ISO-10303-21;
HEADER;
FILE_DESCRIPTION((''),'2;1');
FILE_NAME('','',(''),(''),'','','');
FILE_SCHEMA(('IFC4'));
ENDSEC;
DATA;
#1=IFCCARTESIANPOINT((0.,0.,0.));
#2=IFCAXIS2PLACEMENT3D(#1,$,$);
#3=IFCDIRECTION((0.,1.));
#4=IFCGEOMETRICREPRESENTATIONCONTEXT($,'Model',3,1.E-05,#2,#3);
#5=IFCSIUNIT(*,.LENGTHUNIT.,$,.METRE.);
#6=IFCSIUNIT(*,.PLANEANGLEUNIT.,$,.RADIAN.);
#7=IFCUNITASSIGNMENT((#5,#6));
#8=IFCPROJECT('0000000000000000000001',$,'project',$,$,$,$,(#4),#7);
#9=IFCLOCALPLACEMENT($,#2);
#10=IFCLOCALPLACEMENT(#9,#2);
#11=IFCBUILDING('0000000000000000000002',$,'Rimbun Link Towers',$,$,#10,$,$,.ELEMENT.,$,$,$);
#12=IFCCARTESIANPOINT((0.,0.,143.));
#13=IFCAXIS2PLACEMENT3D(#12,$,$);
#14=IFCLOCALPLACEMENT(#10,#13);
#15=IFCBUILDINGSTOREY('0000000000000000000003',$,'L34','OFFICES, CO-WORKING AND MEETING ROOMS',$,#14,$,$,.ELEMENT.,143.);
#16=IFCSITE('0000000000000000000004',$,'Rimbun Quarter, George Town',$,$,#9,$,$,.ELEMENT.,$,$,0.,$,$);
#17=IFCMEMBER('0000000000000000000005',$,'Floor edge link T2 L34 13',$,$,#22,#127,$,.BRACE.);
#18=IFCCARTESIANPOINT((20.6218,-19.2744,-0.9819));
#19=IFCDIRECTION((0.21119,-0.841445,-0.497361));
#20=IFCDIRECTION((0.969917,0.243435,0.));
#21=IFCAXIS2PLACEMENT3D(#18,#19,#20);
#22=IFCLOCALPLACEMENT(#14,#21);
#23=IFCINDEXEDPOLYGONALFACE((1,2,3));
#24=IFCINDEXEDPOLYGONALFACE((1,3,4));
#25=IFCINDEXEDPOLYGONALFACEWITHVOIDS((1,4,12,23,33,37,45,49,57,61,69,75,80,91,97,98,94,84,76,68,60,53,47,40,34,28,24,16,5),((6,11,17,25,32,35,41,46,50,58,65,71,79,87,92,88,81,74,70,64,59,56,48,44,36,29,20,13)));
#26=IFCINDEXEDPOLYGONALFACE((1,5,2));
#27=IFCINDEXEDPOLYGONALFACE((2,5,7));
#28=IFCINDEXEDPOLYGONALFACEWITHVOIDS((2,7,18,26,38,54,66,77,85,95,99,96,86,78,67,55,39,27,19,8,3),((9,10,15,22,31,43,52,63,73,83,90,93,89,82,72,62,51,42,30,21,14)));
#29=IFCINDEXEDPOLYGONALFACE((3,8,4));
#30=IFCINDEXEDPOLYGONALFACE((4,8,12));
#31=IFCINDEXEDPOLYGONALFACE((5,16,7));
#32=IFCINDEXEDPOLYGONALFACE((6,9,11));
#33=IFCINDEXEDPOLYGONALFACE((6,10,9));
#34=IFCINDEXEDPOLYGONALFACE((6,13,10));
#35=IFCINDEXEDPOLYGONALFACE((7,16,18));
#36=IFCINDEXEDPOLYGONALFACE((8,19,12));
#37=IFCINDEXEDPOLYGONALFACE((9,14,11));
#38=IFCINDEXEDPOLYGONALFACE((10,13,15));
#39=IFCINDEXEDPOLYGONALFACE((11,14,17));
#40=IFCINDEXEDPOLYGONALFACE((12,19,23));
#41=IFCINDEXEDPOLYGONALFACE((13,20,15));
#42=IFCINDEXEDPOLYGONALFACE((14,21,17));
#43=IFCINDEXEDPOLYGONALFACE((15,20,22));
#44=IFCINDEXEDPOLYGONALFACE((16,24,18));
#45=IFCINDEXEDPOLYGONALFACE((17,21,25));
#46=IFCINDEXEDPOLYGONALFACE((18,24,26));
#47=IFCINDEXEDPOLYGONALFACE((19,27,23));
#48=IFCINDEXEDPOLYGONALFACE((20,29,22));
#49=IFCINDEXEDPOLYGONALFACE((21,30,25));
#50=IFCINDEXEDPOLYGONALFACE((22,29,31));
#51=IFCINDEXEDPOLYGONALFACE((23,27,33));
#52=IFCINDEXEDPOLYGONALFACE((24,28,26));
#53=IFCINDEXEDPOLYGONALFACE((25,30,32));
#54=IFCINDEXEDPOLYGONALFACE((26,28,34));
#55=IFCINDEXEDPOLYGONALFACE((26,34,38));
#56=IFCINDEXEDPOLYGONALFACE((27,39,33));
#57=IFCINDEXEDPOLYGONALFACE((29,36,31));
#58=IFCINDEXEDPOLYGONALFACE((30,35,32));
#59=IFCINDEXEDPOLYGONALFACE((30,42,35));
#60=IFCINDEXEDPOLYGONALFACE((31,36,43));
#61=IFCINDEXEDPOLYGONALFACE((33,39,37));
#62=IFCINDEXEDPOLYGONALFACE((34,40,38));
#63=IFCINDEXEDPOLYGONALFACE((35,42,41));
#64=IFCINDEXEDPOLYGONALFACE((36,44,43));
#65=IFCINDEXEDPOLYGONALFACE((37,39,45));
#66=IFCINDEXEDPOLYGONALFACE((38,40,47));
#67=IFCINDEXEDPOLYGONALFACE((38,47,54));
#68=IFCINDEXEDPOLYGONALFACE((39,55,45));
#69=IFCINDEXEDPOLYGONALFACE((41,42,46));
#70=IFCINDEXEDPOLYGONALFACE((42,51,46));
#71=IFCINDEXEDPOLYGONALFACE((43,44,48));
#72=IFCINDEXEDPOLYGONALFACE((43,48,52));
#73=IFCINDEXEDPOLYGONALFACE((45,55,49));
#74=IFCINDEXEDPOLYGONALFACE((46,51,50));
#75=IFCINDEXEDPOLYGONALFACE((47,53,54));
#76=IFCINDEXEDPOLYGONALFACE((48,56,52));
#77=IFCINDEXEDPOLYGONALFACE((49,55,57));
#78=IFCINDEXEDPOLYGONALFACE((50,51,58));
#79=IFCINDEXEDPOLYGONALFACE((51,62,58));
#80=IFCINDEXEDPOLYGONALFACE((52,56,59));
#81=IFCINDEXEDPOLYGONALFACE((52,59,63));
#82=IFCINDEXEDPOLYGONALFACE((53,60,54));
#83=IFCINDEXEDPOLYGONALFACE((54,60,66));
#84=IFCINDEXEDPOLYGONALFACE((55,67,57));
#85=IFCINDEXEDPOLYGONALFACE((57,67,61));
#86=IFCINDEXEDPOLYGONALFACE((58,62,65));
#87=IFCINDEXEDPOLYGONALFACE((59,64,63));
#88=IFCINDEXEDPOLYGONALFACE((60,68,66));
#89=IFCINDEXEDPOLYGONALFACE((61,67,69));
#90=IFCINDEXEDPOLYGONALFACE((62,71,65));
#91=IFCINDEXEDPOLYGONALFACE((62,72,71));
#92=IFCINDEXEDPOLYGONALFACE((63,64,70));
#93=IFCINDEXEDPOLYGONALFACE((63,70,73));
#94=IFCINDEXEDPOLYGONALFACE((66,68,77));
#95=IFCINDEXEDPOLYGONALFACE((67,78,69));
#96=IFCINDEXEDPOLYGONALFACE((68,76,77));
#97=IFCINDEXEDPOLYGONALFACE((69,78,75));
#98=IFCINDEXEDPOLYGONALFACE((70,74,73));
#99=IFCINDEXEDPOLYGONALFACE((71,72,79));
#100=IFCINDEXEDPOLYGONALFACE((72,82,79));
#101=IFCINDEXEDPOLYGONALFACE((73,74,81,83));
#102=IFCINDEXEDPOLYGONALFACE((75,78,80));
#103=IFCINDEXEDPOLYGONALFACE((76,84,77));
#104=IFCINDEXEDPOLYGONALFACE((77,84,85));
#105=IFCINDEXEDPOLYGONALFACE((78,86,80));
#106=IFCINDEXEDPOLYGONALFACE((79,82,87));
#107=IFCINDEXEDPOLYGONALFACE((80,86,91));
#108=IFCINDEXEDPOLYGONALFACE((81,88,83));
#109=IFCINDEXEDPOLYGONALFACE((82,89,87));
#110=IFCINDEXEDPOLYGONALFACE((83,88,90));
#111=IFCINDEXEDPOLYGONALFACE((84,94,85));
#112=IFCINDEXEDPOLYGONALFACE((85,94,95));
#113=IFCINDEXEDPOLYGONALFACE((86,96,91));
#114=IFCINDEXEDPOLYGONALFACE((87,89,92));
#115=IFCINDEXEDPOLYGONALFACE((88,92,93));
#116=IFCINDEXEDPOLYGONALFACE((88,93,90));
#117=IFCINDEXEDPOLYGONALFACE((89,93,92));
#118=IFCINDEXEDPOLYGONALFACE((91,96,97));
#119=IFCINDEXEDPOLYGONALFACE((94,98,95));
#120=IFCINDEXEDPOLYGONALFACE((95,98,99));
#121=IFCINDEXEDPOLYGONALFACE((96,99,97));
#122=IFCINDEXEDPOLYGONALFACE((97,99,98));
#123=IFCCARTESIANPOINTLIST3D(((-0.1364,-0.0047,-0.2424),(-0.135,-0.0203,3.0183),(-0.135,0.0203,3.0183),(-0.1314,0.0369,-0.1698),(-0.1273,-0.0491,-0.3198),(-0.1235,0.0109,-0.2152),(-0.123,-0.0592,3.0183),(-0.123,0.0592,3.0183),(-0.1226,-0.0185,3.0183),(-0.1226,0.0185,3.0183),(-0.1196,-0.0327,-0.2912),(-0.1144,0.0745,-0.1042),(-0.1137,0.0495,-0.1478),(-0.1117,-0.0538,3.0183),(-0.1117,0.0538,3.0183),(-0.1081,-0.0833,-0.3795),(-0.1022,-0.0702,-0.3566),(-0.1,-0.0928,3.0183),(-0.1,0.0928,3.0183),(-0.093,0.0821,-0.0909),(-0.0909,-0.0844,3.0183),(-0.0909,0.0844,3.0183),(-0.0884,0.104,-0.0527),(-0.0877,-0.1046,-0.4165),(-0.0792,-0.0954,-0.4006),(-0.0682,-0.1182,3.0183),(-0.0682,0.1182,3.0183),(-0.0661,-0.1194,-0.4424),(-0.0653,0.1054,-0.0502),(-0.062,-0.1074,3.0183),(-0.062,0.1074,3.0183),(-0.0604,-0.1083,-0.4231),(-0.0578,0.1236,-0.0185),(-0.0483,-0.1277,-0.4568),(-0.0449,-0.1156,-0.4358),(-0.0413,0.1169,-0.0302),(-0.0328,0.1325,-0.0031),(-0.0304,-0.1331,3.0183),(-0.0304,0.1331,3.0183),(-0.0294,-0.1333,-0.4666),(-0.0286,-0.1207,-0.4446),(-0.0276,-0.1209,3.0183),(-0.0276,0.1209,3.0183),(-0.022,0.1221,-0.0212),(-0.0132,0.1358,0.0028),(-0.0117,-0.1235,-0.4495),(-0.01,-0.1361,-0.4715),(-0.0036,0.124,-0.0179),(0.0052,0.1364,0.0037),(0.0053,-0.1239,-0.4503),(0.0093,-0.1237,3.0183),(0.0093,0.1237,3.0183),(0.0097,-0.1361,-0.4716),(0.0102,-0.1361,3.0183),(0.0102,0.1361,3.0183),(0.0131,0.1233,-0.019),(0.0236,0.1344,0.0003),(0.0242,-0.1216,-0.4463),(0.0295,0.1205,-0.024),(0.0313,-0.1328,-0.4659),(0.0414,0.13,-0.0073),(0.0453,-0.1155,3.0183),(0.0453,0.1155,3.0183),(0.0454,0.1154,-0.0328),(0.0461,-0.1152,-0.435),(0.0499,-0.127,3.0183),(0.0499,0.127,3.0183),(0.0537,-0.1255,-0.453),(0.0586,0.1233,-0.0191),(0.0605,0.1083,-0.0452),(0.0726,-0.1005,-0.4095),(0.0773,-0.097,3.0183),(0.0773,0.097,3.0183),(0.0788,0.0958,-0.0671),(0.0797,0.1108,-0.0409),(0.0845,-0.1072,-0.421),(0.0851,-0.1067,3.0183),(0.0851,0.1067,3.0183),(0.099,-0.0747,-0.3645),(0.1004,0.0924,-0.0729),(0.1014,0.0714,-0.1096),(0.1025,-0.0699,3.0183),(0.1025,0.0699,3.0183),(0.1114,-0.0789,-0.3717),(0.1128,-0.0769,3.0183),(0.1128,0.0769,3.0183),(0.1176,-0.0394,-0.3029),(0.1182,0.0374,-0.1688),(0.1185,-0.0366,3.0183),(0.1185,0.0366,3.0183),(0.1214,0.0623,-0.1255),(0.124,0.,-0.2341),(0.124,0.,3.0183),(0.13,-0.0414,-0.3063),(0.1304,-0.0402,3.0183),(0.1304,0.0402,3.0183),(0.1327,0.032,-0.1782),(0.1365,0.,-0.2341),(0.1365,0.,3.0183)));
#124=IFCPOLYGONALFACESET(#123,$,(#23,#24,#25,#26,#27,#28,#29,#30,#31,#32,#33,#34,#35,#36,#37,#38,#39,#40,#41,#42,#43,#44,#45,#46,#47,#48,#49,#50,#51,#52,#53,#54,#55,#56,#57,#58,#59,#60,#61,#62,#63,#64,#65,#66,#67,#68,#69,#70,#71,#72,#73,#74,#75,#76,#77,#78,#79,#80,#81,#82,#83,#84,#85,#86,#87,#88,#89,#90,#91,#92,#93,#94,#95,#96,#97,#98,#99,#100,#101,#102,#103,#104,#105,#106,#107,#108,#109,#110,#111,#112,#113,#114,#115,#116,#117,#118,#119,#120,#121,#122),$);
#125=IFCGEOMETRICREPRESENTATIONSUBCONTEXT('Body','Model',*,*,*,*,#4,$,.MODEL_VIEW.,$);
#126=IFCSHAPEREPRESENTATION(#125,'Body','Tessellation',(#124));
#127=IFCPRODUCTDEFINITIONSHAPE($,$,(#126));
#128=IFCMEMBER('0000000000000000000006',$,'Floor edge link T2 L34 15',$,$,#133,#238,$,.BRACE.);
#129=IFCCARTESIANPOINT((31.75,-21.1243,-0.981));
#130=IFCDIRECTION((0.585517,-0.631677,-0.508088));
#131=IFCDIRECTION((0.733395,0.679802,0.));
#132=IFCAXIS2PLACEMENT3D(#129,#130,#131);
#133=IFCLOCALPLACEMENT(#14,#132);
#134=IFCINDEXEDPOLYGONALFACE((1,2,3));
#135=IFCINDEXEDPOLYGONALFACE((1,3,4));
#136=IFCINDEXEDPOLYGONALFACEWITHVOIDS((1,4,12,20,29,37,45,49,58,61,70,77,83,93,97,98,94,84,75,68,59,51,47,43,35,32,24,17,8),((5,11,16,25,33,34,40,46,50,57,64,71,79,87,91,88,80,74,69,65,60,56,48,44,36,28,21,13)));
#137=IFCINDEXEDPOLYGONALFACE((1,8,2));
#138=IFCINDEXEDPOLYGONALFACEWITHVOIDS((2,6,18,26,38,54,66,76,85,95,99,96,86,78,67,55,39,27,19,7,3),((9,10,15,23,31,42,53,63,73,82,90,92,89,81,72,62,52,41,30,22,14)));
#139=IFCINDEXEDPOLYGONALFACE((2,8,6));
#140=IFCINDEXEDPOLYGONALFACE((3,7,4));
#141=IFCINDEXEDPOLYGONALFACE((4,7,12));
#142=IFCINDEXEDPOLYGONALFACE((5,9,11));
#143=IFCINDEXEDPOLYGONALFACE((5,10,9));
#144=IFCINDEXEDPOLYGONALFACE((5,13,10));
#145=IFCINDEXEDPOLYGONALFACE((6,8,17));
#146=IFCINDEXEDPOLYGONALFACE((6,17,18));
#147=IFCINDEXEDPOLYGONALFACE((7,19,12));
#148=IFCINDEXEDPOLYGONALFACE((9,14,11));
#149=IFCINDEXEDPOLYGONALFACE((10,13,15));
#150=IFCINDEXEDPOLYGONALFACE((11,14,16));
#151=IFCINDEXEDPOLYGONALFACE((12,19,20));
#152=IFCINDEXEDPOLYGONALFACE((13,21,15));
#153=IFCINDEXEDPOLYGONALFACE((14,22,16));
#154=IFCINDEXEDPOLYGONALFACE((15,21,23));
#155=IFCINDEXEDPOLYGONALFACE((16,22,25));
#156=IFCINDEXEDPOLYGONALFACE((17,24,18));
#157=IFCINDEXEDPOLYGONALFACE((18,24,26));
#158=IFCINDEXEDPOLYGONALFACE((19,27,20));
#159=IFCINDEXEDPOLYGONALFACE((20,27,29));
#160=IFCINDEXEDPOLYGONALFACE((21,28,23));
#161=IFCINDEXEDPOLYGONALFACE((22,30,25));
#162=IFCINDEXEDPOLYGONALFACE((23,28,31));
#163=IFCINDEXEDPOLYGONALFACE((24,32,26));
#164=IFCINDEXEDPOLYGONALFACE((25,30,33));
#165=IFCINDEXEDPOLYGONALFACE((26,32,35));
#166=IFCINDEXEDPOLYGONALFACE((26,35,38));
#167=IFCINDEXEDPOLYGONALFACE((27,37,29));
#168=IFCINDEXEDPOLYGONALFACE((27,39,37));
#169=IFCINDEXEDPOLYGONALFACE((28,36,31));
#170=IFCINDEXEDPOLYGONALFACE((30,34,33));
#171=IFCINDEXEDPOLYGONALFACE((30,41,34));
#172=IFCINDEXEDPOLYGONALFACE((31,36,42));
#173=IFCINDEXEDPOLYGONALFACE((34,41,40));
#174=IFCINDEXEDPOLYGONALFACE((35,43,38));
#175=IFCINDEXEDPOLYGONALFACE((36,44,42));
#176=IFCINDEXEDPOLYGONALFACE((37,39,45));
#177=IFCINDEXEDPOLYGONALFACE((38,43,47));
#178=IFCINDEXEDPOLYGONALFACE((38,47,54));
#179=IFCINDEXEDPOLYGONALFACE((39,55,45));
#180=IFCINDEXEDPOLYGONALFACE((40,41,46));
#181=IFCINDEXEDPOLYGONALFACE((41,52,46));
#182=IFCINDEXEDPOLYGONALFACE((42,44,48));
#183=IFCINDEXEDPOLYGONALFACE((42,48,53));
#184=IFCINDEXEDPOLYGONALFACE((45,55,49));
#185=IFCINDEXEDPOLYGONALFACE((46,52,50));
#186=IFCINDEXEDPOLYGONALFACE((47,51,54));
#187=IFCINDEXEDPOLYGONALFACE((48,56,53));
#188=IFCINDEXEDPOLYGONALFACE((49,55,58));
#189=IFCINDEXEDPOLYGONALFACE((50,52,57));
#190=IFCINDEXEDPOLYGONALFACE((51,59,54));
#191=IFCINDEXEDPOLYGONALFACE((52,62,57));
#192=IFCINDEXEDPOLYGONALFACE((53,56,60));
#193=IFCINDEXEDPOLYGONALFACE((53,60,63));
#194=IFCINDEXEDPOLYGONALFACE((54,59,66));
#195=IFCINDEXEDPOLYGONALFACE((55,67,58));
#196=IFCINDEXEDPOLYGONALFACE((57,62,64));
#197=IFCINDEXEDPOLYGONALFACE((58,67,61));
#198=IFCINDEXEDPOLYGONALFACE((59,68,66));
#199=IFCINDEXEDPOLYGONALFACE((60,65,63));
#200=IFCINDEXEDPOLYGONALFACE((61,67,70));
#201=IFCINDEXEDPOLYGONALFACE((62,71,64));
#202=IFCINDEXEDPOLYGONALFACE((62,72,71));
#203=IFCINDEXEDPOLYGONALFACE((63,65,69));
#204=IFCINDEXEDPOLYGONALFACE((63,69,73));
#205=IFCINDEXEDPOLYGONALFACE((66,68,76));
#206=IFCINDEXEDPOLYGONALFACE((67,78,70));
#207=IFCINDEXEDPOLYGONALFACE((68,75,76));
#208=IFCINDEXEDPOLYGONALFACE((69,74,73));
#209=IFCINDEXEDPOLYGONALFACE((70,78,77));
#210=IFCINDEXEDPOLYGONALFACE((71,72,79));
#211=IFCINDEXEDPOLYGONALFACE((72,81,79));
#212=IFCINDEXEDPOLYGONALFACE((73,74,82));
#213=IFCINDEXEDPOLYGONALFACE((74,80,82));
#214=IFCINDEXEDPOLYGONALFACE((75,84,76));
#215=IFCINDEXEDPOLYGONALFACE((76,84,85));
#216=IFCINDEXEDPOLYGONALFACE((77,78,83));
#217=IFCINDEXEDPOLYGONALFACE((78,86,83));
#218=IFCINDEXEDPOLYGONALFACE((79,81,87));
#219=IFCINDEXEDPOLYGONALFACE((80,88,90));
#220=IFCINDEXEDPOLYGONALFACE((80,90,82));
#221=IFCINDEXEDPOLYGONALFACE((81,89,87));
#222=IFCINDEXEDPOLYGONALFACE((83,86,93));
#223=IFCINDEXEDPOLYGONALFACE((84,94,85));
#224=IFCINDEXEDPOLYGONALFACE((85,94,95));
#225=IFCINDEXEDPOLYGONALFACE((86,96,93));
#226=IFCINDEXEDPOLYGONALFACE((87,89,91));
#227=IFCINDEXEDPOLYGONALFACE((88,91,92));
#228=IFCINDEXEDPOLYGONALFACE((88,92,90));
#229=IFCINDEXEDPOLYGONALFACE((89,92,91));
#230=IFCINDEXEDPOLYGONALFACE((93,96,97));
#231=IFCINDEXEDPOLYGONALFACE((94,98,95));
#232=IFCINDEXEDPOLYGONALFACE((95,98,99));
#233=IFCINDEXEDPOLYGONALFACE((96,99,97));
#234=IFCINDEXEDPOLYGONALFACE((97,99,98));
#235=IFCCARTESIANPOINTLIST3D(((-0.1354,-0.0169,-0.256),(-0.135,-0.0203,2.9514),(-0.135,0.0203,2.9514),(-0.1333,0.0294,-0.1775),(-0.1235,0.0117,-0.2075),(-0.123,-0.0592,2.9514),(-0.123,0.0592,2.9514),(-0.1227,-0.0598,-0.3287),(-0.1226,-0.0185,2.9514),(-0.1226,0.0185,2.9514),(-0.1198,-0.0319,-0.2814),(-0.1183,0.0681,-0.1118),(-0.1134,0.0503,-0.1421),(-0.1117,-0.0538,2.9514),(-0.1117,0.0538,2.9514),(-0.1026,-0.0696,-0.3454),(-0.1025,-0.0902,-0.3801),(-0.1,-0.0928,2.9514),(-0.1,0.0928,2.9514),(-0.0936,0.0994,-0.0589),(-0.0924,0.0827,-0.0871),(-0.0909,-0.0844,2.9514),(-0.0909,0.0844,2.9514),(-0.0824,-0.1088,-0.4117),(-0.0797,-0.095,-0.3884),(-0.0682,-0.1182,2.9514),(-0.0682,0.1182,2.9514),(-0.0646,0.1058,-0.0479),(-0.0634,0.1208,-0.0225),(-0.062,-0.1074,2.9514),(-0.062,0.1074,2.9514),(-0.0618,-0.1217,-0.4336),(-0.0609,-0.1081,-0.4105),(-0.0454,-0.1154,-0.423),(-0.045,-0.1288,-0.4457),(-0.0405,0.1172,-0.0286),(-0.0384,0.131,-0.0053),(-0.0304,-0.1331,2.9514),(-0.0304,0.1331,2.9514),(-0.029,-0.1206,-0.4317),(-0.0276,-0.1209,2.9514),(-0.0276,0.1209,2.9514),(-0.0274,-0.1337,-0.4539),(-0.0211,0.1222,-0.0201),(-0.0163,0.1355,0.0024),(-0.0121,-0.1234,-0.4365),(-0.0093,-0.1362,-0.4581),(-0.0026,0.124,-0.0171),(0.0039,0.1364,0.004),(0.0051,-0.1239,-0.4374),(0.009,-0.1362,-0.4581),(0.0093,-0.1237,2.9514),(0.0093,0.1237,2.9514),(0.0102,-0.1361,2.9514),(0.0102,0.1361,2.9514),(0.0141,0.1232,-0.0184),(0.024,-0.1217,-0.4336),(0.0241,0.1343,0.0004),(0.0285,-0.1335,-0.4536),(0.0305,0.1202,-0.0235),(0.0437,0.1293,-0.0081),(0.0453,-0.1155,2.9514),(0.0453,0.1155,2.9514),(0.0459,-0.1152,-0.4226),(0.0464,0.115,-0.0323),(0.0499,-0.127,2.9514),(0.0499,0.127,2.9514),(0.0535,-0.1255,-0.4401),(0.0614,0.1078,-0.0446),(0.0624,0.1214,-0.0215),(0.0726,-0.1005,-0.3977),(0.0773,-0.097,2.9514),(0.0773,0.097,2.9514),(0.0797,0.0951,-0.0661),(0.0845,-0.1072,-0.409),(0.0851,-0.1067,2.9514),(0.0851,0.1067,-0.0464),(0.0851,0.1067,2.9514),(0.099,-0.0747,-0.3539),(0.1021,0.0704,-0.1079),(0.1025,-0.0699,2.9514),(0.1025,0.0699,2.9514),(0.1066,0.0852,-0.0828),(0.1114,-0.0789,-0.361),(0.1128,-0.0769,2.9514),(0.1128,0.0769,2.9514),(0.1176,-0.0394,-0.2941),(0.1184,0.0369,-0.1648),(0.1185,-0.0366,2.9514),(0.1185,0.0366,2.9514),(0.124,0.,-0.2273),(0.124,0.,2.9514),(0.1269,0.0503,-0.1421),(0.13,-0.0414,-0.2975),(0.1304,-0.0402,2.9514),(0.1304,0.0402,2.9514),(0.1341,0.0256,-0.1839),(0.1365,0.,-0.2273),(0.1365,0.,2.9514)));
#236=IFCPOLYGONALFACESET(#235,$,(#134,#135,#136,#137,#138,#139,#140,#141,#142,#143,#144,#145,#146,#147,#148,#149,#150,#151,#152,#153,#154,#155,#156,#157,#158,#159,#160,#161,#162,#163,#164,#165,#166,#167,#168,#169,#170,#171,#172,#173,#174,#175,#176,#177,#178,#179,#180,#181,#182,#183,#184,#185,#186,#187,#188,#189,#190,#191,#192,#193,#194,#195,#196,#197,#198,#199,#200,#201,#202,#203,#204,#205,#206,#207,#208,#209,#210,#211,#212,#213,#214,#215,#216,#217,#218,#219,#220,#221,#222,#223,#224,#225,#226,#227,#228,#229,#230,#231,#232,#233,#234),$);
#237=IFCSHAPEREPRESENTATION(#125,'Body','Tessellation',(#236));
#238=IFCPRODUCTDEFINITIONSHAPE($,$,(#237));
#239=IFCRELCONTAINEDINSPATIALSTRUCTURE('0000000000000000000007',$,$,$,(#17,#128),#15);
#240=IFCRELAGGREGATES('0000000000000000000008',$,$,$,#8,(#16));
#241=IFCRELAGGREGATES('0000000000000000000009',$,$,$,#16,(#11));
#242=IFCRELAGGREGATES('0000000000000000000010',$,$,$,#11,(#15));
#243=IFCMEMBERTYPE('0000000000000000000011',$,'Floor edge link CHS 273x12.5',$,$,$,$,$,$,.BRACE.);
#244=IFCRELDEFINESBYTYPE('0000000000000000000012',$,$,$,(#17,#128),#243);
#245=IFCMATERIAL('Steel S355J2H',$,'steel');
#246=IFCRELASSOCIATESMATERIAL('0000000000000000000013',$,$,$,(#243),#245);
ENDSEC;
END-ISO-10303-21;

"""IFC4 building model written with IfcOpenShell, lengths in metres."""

from ifc_helpers import new_model, si_unit, direction, frame, origin, origin_2d, place, context, subcontext, project, spatial, hollow_circle, extrude, clip, halfspace, material, material_profile, profile_set, type_object, element, save


model = new_model("IFC4")

# Units and contexts
model_context = context("Model", 3, precision=1e-05, world=origin(), true_north=direction((0.0, 1.0)))
body_context = subcontext(model_context, "Body", "Model", "MODEL_VIEW")
ifc_project = project(units=[si_unit("LENGTHUNIT", "METRE"), si_unit("PLANEANGLEUNIT", "RADIAN")], contexts=[model_context])

# Site, building, storey
site_placement = place(None, origin())
site = spatial("IfcSite", under=ifc_project, at=site_placement, Name="Rimbun Quarter, George Town", CompositionType="ELEMENT", RefElevation=0.0)
building_placement = place(site_placement, origin())
building = spatial("IfcBuilding", under=site, at=building_placement, Name="Rimbun Link Towers", CompositionType="ELEMENT")
storey_placement = place(building_placement, frame((0.0, 0.0, 143.0)))
storey = spatial("IfcBuildingStorey", under=building, at=storey_placement, Name="L34", Description="OFFICES, CO-WORKING AND MEETING ROOMS", CompositionType="ELEMENT", Elevation=143.0)

# Members
ifc_material_1 = material(Name="Steel S355J2H", Category="steel")
ifc_material_profile_1 = material_profile(ifc_material_1, hollow_circle(Radius=0.1365, WallThickness=0.0125, at=origin_2d()), Name="CHS 273x12.5")
ifc_profile_set_1 = profile_set([ifc_material_profile_1], Name="Steel S355J2H")
member_type_1 = type_object("IfcMemberType", Name="Floor edge link CHS 273x12.5", PredefinedType="BRACE", material=ifc_profile_set_1)
member_1_placement = place(storey_placement, frame((20.6218, -19.2744, -0.9819), z_axis=(0.21119, -0.841445, -0.497361), x_axis=(0.969917, 0.243435, 0.0)))
element("IfcMember", 1, at=member_1_placement, inside=storey, type_object=member_type_1, Name="Floor edge link T2 L34 13", PredefinedType="BRACE", context=body_context, shape_type="Clipping", body=[
    clip(extrude(hollow_circle(Radius=0.1365, WallThickness=0.0125, at=origin_2d()), frame((0.0, 0.0, -0.4963)), (0.0, 0.0, 1.0), 3.5146), halfspace(frame((0.0, 0.0, -0.2341), z_axis=(0.0, 0.867544, -0.497361)), False)),
])
member_2_placement = place(storey_placement, frame((31.75, -21.1243, -0.981), z_axis=(0.585517, -0.631677, -0.508088), x_axis=(0.733395, 0.679802, 0.0)))
element("IfcMember", 2, at=member_2_placement, inside=storey, type_object=member_type_1, Name="Floor edge link T2 L34 15", PredefinedType="BRACE", context=body_context, shape_type="Clipping", body=[
    clip(extrude(hollow_circle(Radius=0.1365, WallThickness=0.0125, at=origin_2d()), frame((0.0, 0.0, -0.4824)), (0.0, 0.0, 1.0), 3.4338), halfspace(frame((0.0, 0.0, -0.2273), z_axis=(0.0, 0.861305, -0.508088)), False)),
])

save(model, "model.ifc")
